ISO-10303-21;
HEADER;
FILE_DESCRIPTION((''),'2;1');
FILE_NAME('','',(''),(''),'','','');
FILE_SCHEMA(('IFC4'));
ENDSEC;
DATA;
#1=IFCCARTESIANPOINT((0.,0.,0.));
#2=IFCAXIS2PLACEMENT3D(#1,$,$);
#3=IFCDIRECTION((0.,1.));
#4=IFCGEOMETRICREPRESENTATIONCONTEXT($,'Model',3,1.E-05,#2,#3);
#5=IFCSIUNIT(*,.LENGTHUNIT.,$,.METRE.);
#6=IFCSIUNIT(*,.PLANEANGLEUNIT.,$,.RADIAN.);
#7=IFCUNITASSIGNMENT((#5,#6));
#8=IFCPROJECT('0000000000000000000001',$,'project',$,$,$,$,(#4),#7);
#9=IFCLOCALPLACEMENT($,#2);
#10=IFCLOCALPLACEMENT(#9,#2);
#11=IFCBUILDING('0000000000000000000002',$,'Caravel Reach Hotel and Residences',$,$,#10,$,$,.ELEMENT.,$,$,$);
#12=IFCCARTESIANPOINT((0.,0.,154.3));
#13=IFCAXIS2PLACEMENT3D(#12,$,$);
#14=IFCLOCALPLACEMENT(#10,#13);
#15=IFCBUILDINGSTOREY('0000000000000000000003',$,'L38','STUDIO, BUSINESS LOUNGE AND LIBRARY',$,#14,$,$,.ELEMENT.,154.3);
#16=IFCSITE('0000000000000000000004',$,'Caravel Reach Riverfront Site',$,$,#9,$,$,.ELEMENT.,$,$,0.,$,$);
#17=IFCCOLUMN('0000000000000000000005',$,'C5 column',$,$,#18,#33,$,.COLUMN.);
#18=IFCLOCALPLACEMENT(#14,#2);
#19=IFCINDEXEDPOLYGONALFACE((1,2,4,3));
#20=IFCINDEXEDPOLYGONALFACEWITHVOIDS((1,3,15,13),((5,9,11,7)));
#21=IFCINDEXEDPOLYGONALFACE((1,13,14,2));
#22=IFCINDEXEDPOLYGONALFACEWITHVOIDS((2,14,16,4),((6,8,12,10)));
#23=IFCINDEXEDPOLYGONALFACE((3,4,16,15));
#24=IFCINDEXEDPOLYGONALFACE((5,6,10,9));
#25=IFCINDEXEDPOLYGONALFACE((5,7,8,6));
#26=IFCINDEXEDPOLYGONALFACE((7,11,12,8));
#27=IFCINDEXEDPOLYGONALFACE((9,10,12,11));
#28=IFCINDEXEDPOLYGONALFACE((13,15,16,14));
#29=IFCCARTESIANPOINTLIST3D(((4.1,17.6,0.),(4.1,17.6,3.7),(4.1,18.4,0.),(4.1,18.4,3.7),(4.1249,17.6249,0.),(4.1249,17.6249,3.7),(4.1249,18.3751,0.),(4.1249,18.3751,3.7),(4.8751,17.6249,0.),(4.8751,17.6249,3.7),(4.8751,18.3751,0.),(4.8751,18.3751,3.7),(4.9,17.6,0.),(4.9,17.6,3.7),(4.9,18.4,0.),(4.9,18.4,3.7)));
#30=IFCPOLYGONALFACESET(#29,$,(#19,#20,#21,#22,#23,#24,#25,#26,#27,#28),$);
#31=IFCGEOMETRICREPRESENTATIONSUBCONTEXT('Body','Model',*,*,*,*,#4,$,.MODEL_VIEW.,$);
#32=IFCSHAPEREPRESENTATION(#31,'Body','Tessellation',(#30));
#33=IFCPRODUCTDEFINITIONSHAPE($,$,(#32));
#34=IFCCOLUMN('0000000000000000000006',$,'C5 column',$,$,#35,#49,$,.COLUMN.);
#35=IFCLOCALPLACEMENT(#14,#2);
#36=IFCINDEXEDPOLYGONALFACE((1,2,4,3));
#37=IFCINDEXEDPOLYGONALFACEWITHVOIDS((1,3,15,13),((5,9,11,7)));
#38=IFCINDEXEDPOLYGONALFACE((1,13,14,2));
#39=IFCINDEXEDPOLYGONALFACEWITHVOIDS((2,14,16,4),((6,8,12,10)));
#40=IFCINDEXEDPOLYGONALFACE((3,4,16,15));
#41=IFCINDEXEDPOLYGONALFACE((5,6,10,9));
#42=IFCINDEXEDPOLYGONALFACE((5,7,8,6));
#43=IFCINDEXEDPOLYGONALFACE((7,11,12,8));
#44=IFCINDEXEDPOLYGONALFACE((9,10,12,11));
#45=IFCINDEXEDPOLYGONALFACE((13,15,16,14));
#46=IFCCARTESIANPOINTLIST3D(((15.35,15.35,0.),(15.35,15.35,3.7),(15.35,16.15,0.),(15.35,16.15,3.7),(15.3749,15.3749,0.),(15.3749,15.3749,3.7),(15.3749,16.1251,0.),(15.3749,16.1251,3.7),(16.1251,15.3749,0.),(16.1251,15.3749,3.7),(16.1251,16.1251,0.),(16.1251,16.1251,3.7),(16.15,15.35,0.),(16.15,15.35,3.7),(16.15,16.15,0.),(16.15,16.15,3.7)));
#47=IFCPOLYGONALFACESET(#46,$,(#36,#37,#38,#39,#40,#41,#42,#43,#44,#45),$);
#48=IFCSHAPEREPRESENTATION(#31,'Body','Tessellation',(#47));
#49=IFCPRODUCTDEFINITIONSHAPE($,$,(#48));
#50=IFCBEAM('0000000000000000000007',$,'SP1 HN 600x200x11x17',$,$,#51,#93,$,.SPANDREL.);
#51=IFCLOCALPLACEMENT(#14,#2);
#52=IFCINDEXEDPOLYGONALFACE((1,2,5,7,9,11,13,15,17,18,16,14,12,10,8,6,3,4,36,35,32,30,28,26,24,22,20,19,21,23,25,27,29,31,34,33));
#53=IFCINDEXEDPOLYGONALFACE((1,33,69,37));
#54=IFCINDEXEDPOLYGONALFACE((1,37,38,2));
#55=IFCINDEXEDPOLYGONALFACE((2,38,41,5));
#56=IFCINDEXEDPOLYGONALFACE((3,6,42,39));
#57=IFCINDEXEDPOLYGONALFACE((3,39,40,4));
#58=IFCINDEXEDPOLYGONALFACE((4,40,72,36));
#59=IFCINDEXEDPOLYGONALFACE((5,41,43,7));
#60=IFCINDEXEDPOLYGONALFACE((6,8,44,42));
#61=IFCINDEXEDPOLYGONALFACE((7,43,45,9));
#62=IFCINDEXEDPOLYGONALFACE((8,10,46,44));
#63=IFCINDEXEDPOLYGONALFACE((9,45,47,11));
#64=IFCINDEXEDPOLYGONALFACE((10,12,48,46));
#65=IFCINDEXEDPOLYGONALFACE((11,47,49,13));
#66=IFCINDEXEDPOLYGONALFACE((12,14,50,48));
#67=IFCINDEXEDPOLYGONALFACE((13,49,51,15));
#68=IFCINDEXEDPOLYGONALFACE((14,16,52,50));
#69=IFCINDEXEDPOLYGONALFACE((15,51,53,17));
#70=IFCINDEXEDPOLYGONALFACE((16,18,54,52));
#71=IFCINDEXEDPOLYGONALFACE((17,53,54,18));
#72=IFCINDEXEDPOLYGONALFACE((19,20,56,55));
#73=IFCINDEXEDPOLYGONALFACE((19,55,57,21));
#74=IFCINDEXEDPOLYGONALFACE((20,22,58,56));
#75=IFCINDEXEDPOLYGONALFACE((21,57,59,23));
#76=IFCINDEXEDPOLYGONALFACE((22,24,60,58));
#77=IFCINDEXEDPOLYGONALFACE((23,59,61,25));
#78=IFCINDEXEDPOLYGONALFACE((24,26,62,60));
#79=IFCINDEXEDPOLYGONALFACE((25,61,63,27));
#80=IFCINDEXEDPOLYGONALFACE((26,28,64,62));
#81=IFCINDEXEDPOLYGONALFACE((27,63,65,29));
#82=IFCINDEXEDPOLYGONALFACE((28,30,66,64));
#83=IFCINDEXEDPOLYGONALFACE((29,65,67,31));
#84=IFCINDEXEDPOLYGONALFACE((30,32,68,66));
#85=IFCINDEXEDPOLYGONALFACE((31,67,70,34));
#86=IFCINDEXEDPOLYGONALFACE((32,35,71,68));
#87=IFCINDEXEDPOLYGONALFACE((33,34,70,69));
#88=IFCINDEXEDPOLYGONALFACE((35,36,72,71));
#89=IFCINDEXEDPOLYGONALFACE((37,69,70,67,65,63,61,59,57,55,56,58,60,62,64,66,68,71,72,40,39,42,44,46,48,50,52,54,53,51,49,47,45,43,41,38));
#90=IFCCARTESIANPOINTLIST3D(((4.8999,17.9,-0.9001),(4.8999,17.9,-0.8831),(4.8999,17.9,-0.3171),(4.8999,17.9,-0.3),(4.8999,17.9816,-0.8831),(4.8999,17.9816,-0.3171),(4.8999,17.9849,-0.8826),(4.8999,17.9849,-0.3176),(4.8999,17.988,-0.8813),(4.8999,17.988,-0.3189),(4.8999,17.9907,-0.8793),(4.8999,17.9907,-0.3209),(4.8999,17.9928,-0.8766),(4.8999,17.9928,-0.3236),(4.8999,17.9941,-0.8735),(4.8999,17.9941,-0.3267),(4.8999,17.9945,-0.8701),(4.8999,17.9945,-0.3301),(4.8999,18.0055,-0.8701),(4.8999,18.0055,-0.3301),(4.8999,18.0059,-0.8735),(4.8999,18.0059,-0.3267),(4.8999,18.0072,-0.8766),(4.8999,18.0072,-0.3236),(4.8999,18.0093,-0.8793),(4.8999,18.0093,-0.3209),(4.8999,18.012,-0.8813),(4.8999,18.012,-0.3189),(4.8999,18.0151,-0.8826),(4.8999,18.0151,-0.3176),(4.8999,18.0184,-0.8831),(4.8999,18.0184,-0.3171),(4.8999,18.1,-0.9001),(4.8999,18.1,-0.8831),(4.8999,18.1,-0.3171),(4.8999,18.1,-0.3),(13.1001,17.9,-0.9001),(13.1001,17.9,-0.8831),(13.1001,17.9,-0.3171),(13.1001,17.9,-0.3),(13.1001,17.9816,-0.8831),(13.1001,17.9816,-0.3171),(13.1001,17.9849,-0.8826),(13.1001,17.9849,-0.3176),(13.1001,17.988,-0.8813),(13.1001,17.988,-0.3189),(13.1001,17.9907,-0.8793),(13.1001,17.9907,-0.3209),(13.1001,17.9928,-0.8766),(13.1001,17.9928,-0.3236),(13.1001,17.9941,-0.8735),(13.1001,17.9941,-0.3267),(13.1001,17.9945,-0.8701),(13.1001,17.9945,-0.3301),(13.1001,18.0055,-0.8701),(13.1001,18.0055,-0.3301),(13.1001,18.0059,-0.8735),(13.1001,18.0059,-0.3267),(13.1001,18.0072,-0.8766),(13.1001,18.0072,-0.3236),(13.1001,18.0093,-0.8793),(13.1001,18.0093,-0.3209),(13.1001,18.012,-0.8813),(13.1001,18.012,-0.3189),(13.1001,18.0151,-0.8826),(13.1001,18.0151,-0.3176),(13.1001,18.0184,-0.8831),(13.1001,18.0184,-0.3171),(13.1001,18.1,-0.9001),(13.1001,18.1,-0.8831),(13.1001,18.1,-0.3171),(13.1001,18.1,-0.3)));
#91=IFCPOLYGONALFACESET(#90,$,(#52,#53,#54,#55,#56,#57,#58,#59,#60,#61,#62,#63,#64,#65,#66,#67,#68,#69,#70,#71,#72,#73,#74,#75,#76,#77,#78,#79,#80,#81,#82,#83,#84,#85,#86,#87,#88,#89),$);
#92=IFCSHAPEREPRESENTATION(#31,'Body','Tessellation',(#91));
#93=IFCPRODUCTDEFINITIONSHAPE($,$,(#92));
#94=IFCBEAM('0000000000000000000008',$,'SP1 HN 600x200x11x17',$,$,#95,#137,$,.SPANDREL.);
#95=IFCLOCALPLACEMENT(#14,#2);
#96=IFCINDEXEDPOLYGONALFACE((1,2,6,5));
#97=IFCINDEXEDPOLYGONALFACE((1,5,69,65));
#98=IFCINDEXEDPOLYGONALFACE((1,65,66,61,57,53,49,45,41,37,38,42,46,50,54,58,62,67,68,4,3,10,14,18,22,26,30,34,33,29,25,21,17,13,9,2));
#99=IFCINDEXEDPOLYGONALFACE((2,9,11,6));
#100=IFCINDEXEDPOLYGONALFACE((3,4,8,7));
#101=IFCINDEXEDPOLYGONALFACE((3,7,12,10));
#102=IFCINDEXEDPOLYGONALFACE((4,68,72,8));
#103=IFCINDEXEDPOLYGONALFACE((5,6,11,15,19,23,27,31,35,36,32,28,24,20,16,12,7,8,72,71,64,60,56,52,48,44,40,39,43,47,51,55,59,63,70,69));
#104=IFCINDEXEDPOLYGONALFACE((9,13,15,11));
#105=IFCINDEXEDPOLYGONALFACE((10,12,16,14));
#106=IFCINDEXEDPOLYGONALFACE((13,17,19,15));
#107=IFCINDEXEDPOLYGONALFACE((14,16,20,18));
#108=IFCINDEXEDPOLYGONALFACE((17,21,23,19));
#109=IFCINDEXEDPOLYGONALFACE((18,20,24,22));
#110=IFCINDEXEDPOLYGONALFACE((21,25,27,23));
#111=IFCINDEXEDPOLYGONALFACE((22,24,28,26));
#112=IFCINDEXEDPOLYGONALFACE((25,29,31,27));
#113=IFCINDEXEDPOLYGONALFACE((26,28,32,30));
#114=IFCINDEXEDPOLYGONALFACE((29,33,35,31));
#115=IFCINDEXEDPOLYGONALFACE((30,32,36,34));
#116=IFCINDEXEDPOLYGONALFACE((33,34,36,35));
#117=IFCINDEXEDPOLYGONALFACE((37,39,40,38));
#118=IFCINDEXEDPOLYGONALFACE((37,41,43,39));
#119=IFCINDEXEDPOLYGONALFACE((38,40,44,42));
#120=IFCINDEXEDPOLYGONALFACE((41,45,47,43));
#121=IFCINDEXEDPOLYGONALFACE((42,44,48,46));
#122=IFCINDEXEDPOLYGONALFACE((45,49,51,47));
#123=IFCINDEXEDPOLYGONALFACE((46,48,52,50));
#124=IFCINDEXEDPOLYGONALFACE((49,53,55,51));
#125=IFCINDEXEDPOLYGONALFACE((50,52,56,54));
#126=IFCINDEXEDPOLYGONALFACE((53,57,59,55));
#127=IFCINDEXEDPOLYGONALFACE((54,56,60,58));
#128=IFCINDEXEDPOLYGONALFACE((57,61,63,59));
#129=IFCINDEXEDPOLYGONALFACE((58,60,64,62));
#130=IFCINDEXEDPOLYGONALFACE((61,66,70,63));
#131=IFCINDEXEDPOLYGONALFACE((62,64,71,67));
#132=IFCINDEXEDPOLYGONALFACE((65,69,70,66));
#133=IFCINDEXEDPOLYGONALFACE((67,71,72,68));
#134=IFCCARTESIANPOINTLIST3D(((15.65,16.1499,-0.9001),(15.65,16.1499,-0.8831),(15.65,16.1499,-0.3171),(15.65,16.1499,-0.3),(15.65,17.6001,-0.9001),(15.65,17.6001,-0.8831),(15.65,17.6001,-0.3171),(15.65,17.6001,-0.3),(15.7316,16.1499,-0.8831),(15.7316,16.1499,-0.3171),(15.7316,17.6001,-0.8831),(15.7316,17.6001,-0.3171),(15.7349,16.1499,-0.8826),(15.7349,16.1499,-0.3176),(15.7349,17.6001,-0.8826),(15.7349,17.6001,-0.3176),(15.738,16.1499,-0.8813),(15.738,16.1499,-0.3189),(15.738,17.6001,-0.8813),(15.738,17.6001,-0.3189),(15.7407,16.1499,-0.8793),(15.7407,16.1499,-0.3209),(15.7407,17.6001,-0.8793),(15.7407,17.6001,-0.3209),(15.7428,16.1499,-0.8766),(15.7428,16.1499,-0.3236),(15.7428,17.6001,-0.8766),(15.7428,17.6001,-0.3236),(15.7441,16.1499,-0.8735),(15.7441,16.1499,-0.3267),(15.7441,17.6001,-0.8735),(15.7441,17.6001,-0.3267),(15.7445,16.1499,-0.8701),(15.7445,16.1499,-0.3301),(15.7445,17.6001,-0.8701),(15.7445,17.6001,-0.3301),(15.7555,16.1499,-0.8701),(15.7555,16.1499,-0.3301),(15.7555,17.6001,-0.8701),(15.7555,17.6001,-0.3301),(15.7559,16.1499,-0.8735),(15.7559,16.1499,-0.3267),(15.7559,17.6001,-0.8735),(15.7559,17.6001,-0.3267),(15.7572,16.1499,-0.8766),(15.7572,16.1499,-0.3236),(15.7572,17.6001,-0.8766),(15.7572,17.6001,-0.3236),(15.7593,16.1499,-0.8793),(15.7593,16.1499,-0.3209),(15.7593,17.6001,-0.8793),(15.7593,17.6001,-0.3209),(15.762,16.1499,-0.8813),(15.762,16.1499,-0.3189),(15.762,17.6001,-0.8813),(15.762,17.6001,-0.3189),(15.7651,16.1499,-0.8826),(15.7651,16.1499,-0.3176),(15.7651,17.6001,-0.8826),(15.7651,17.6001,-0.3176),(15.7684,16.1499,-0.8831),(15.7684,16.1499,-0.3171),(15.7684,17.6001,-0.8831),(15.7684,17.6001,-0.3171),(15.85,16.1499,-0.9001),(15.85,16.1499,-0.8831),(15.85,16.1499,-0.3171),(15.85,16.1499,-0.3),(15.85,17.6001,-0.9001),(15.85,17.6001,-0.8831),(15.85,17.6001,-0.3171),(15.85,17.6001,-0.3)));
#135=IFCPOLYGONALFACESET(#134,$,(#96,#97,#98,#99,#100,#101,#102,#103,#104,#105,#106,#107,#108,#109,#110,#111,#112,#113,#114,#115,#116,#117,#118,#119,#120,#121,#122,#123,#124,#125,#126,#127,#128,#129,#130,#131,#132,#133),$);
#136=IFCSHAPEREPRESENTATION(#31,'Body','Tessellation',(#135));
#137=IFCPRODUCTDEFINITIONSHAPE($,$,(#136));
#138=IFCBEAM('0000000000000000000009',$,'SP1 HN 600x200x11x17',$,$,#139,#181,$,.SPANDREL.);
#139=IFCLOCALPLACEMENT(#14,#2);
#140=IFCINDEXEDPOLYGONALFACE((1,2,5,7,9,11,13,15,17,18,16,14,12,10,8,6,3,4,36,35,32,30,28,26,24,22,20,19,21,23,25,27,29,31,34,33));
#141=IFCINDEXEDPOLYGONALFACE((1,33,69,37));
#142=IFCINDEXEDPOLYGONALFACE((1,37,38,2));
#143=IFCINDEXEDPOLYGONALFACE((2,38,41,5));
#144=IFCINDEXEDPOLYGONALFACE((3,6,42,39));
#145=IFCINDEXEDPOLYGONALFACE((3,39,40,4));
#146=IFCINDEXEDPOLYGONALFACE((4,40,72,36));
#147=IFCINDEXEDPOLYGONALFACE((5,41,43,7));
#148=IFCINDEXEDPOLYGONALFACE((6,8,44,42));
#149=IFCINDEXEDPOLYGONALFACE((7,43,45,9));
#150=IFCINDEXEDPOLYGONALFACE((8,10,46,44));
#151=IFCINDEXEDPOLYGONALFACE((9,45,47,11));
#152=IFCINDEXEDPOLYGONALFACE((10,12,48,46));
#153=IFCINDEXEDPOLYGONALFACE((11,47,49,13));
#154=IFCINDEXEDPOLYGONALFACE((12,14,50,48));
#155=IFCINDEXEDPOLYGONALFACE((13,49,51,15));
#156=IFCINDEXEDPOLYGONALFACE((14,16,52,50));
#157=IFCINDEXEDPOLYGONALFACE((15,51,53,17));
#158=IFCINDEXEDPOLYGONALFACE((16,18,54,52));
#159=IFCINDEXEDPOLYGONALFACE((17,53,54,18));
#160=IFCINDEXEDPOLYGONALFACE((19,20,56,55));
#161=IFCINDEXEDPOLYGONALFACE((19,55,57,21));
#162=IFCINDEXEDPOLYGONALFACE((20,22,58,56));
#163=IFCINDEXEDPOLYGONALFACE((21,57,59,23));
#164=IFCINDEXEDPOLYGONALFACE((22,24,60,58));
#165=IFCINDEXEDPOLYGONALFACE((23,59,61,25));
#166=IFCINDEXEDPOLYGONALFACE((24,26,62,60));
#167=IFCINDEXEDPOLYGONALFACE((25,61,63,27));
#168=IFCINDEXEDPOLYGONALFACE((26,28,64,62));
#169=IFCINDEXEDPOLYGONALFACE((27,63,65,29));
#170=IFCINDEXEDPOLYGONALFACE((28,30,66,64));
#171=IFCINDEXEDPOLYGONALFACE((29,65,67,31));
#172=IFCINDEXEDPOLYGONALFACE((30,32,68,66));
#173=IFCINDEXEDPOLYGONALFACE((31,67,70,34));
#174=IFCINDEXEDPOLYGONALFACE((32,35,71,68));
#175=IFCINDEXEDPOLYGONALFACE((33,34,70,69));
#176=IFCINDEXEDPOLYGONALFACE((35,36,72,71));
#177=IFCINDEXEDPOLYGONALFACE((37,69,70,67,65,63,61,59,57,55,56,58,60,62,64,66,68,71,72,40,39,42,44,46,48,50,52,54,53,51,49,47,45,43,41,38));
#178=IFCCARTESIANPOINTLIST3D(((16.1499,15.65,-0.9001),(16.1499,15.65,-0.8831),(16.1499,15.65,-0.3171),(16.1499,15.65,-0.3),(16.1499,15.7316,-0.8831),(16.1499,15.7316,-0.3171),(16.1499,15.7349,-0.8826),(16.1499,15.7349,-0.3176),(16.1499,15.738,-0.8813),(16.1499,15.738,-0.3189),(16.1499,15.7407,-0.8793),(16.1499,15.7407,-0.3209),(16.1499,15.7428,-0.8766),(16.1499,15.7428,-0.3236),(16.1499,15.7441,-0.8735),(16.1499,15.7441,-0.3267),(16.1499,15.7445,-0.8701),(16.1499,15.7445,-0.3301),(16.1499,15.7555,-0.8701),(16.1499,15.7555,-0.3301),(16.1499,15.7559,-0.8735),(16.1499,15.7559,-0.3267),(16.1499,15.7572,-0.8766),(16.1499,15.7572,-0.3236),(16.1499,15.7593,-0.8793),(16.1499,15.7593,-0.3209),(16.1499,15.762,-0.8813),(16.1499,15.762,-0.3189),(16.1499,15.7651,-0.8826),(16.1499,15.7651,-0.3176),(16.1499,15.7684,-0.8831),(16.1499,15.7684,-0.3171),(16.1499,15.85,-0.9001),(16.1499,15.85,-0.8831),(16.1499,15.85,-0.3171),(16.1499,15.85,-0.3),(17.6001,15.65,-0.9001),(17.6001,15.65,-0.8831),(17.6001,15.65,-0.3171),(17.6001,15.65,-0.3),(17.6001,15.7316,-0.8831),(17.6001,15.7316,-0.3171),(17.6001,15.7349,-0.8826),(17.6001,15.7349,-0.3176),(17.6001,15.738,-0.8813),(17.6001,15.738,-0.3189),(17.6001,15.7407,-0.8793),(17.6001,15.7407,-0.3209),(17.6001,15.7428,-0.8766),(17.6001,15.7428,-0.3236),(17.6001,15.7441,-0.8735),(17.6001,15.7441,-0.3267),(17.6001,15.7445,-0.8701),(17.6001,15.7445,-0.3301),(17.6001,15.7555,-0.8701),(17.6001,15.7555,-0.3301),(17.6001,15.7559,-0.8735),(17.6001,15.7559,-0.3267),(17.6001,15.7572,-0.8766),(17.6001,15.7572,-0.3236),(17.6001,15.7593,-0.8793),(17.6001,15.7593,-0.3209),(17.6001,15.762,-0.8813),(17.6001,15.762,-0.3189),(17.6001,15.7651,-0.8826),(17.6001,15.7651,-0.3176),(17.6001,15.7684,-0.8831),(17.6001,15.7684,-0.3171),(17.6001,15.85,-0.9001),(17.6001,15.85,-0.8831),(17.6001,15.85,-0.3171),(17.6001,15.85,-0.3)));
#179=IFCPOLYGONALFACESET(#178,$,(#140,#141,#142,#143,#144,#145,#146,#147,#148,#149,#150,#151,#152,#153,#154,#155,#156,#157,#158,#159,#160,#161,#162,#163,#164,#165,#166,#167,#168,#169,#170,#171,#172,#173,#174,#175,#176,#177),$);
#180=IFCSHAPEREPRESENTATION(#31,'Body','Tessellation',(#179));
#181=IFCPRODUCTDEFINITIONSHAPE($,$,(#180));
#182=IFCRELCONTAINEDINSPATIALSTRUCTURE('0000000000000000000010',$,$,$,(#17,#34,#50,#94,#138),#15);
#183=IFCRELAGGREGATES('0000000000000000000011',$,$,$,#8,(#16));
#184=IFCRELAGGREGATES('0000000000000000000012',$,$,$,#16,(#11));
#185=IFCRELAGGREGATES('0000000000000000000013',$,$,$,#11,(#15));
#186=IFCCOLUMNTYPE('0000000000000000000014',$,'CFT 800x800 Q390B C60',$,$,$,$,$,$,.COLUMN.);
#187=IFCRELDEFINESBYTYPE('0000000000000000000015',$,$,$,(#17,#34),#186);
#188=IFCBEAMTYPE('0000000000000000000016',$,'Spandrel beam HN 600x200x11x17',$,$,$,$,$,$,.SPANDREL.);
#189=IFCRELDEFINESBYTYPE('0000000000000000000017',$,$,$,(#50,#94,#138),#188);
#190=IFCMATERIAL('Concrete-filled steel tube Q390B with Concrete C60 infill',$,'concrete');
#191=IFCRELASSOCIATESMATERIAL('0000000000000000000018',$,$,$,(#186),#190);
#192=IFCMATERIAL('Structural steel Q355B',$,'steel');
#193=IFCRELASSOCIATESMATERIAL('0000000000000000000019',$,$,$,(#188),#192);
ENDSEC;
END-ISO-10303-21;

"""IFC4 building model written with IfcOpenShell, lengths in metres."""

from ifc_helpers import new_model, si_unit, direction, frame, origin, origin_2d, place, context, subcontext, project, spatial, hollow_rectangle, i_section, extrude, material, material_profile, profile_set, type_object, element, save


model = new_model("IFC4")

# Units and contexts
model_context = context("Model", 3, precision=1e-05, world=origin(), true_north=direction((0.0, 1.0)))
body_context = subcontext(model_context, "Body", "Model", "MODEL_VIEW")
ifc_project = project(units=[si_unit("LENGTHUNIT", "METRE"), si_unit("PLANEANGLEUNIT", "RADIAN")], contexts=[model_context])

# Site, building, storey
site_placement = place(None, origin())
site = spatial("IfcSite", under=ifc_project, at=site_placement, Name="Caravel Reach Riverfront Site", CompositionType="ELEMENT", RefElevation=0.0)
building_placement = place(site_placement, origin())
building = spatial("IfcBuilding", under=site, at=building_placement, Name="Caravel Reach Hotel and Residences", CompositionType="ELEMENT")
storey_placement = place(building_placement, frame((0.0, 0.0, 154.3)))
storey = spatial("IfcBuildingStorey", under=building, at=storey_placement, Name="L38", Description="STUDIO, BUSINESS LOUNGE AND LIBRARY", CompositionType="ELEMENT", Elevation=154.3)

# Columns
ifc_material_1 = material(Name="Concrete-filled steel tube Q390B with Concrete C60 infill", Category="concrete")
ifc_material_profile_1 = material_profile(ifc_material_1, hollow_rectangle(XDim=0.8, YDim=0.8, WallThickness=0.0249, at=origin_2d()), Name="RHS 800x800x25")
ifc_profile_set_1 = profile_set([ifc_material_profile_1], Name="Concrete-filled steel tube Q390B with Concrete C60 infill")
column_type = type_object("IfcColumnType", Name="CFT 800x800 Q390B C60", PredefinedType="COLUMN", material=ifc_profile_set_1)
for number, where, z_axis, x_axis, name in (
    (1, (4.5, 18.0, 0.0), (0.0, 0.0, 1.0), (1.0, 0.0, 0.0), "C5 column"),
    (2, (15.75, 15.75, 0.0), (0.0, 0.0, 1.0), (1.0, 0.0, 0.0), "C5 column"),
):
    element("IfcColumn", number, at=place(storey_placement, frame(where, z_axis=z_axis, x_axis=x_axis)), inside=storey, type_object=column_type, Name=name, PredefinedType="COLUMN", context=body_context, shape_type="SweptSolid", body=[
        extrude(hollow_rectangle(XDim=0.8, YDim=0.8, WallThickness=0.0249, at=origin_2d()), origin(), (0.0, 0.0, 1.0), 3.7),
    ])

# Beams
ifc_material_2 = material(Name="Structural steel Q355B", Category="steel")
ifc_material_profile_2 = material_profile(ifc_material_2, i_section(OverallWidth=0.2, OverallDepth=0.6001, WebThickness=0.011, FlangeThickness=0.0171, FilletRadius=0.0129, at=origin_2d()), Name="HN 600x200x11x17")
ifc_profile_set_2 = profile_set([ifc_material_profile_2], Name="Structural steel Q355B")
beam_type = type_object("IfcBeamType", Name="Spandrel beam HN 600x200x11x17", PredefinedType="SPANDREL", material=ifc_profile_set_2)
beam_placement = place(storey_placement, frame((4.8999, 18.0, -0.6001), z_axis=(1.0, 0.0, 0.0), x_axis=(0.0, 1.0, 0.0)))
element("IfcBeam", 3, at=beam_placement, inside=storey, type_object=beam_type, Name="SP1 HN 600x200x11x17", PredefinedType="SPANDREL", context=body_context, shape_type="SweptSolid", body=[
    extrude(i_section(OverallWidth=0.2, OverallDepth=0.6001, WebThickness=0.011, FlangeThickness=0.0171, FilletRadius=0.0129, at=origin_2d()), origin(), (0.0, 0.0, 1.0), 8.2002),
])
for number, where, z_axis, x_axis, name in (
    (4, (15.75, 17.6001, -0.6001), (0.0, -1.0, 0.0), (1.0, 0.0, 0.0), "SP1 HN 600x200x11x17"),
    (5, (16.1499, 15.75, -0.6001), (1.0, 0.0, 0.0), (0.0, 1.0, 0.0), "SP1 HN 600x200x11x17"),
):
    element("IfcBeam", number, at=place(storey_placement, frame(where, z_axis=z_axis, x_axis=x_axis)), inside=storey, type_object=beam_type, Name=name, PredefinedType="SPANDREL", context=body_context, shape_type="SweptSolid", body=[
        extrude(i_section(OverallWidth=0.2, OverallDepth=0.6001, WebThickness=0.011, FlangeThickness=0.0171, FilletRadius=0.0129, at=origin_2d()), origin(), (0.0, 0.0, 1.0), 1.4502),
    ])

save(model, "model.ifc")
